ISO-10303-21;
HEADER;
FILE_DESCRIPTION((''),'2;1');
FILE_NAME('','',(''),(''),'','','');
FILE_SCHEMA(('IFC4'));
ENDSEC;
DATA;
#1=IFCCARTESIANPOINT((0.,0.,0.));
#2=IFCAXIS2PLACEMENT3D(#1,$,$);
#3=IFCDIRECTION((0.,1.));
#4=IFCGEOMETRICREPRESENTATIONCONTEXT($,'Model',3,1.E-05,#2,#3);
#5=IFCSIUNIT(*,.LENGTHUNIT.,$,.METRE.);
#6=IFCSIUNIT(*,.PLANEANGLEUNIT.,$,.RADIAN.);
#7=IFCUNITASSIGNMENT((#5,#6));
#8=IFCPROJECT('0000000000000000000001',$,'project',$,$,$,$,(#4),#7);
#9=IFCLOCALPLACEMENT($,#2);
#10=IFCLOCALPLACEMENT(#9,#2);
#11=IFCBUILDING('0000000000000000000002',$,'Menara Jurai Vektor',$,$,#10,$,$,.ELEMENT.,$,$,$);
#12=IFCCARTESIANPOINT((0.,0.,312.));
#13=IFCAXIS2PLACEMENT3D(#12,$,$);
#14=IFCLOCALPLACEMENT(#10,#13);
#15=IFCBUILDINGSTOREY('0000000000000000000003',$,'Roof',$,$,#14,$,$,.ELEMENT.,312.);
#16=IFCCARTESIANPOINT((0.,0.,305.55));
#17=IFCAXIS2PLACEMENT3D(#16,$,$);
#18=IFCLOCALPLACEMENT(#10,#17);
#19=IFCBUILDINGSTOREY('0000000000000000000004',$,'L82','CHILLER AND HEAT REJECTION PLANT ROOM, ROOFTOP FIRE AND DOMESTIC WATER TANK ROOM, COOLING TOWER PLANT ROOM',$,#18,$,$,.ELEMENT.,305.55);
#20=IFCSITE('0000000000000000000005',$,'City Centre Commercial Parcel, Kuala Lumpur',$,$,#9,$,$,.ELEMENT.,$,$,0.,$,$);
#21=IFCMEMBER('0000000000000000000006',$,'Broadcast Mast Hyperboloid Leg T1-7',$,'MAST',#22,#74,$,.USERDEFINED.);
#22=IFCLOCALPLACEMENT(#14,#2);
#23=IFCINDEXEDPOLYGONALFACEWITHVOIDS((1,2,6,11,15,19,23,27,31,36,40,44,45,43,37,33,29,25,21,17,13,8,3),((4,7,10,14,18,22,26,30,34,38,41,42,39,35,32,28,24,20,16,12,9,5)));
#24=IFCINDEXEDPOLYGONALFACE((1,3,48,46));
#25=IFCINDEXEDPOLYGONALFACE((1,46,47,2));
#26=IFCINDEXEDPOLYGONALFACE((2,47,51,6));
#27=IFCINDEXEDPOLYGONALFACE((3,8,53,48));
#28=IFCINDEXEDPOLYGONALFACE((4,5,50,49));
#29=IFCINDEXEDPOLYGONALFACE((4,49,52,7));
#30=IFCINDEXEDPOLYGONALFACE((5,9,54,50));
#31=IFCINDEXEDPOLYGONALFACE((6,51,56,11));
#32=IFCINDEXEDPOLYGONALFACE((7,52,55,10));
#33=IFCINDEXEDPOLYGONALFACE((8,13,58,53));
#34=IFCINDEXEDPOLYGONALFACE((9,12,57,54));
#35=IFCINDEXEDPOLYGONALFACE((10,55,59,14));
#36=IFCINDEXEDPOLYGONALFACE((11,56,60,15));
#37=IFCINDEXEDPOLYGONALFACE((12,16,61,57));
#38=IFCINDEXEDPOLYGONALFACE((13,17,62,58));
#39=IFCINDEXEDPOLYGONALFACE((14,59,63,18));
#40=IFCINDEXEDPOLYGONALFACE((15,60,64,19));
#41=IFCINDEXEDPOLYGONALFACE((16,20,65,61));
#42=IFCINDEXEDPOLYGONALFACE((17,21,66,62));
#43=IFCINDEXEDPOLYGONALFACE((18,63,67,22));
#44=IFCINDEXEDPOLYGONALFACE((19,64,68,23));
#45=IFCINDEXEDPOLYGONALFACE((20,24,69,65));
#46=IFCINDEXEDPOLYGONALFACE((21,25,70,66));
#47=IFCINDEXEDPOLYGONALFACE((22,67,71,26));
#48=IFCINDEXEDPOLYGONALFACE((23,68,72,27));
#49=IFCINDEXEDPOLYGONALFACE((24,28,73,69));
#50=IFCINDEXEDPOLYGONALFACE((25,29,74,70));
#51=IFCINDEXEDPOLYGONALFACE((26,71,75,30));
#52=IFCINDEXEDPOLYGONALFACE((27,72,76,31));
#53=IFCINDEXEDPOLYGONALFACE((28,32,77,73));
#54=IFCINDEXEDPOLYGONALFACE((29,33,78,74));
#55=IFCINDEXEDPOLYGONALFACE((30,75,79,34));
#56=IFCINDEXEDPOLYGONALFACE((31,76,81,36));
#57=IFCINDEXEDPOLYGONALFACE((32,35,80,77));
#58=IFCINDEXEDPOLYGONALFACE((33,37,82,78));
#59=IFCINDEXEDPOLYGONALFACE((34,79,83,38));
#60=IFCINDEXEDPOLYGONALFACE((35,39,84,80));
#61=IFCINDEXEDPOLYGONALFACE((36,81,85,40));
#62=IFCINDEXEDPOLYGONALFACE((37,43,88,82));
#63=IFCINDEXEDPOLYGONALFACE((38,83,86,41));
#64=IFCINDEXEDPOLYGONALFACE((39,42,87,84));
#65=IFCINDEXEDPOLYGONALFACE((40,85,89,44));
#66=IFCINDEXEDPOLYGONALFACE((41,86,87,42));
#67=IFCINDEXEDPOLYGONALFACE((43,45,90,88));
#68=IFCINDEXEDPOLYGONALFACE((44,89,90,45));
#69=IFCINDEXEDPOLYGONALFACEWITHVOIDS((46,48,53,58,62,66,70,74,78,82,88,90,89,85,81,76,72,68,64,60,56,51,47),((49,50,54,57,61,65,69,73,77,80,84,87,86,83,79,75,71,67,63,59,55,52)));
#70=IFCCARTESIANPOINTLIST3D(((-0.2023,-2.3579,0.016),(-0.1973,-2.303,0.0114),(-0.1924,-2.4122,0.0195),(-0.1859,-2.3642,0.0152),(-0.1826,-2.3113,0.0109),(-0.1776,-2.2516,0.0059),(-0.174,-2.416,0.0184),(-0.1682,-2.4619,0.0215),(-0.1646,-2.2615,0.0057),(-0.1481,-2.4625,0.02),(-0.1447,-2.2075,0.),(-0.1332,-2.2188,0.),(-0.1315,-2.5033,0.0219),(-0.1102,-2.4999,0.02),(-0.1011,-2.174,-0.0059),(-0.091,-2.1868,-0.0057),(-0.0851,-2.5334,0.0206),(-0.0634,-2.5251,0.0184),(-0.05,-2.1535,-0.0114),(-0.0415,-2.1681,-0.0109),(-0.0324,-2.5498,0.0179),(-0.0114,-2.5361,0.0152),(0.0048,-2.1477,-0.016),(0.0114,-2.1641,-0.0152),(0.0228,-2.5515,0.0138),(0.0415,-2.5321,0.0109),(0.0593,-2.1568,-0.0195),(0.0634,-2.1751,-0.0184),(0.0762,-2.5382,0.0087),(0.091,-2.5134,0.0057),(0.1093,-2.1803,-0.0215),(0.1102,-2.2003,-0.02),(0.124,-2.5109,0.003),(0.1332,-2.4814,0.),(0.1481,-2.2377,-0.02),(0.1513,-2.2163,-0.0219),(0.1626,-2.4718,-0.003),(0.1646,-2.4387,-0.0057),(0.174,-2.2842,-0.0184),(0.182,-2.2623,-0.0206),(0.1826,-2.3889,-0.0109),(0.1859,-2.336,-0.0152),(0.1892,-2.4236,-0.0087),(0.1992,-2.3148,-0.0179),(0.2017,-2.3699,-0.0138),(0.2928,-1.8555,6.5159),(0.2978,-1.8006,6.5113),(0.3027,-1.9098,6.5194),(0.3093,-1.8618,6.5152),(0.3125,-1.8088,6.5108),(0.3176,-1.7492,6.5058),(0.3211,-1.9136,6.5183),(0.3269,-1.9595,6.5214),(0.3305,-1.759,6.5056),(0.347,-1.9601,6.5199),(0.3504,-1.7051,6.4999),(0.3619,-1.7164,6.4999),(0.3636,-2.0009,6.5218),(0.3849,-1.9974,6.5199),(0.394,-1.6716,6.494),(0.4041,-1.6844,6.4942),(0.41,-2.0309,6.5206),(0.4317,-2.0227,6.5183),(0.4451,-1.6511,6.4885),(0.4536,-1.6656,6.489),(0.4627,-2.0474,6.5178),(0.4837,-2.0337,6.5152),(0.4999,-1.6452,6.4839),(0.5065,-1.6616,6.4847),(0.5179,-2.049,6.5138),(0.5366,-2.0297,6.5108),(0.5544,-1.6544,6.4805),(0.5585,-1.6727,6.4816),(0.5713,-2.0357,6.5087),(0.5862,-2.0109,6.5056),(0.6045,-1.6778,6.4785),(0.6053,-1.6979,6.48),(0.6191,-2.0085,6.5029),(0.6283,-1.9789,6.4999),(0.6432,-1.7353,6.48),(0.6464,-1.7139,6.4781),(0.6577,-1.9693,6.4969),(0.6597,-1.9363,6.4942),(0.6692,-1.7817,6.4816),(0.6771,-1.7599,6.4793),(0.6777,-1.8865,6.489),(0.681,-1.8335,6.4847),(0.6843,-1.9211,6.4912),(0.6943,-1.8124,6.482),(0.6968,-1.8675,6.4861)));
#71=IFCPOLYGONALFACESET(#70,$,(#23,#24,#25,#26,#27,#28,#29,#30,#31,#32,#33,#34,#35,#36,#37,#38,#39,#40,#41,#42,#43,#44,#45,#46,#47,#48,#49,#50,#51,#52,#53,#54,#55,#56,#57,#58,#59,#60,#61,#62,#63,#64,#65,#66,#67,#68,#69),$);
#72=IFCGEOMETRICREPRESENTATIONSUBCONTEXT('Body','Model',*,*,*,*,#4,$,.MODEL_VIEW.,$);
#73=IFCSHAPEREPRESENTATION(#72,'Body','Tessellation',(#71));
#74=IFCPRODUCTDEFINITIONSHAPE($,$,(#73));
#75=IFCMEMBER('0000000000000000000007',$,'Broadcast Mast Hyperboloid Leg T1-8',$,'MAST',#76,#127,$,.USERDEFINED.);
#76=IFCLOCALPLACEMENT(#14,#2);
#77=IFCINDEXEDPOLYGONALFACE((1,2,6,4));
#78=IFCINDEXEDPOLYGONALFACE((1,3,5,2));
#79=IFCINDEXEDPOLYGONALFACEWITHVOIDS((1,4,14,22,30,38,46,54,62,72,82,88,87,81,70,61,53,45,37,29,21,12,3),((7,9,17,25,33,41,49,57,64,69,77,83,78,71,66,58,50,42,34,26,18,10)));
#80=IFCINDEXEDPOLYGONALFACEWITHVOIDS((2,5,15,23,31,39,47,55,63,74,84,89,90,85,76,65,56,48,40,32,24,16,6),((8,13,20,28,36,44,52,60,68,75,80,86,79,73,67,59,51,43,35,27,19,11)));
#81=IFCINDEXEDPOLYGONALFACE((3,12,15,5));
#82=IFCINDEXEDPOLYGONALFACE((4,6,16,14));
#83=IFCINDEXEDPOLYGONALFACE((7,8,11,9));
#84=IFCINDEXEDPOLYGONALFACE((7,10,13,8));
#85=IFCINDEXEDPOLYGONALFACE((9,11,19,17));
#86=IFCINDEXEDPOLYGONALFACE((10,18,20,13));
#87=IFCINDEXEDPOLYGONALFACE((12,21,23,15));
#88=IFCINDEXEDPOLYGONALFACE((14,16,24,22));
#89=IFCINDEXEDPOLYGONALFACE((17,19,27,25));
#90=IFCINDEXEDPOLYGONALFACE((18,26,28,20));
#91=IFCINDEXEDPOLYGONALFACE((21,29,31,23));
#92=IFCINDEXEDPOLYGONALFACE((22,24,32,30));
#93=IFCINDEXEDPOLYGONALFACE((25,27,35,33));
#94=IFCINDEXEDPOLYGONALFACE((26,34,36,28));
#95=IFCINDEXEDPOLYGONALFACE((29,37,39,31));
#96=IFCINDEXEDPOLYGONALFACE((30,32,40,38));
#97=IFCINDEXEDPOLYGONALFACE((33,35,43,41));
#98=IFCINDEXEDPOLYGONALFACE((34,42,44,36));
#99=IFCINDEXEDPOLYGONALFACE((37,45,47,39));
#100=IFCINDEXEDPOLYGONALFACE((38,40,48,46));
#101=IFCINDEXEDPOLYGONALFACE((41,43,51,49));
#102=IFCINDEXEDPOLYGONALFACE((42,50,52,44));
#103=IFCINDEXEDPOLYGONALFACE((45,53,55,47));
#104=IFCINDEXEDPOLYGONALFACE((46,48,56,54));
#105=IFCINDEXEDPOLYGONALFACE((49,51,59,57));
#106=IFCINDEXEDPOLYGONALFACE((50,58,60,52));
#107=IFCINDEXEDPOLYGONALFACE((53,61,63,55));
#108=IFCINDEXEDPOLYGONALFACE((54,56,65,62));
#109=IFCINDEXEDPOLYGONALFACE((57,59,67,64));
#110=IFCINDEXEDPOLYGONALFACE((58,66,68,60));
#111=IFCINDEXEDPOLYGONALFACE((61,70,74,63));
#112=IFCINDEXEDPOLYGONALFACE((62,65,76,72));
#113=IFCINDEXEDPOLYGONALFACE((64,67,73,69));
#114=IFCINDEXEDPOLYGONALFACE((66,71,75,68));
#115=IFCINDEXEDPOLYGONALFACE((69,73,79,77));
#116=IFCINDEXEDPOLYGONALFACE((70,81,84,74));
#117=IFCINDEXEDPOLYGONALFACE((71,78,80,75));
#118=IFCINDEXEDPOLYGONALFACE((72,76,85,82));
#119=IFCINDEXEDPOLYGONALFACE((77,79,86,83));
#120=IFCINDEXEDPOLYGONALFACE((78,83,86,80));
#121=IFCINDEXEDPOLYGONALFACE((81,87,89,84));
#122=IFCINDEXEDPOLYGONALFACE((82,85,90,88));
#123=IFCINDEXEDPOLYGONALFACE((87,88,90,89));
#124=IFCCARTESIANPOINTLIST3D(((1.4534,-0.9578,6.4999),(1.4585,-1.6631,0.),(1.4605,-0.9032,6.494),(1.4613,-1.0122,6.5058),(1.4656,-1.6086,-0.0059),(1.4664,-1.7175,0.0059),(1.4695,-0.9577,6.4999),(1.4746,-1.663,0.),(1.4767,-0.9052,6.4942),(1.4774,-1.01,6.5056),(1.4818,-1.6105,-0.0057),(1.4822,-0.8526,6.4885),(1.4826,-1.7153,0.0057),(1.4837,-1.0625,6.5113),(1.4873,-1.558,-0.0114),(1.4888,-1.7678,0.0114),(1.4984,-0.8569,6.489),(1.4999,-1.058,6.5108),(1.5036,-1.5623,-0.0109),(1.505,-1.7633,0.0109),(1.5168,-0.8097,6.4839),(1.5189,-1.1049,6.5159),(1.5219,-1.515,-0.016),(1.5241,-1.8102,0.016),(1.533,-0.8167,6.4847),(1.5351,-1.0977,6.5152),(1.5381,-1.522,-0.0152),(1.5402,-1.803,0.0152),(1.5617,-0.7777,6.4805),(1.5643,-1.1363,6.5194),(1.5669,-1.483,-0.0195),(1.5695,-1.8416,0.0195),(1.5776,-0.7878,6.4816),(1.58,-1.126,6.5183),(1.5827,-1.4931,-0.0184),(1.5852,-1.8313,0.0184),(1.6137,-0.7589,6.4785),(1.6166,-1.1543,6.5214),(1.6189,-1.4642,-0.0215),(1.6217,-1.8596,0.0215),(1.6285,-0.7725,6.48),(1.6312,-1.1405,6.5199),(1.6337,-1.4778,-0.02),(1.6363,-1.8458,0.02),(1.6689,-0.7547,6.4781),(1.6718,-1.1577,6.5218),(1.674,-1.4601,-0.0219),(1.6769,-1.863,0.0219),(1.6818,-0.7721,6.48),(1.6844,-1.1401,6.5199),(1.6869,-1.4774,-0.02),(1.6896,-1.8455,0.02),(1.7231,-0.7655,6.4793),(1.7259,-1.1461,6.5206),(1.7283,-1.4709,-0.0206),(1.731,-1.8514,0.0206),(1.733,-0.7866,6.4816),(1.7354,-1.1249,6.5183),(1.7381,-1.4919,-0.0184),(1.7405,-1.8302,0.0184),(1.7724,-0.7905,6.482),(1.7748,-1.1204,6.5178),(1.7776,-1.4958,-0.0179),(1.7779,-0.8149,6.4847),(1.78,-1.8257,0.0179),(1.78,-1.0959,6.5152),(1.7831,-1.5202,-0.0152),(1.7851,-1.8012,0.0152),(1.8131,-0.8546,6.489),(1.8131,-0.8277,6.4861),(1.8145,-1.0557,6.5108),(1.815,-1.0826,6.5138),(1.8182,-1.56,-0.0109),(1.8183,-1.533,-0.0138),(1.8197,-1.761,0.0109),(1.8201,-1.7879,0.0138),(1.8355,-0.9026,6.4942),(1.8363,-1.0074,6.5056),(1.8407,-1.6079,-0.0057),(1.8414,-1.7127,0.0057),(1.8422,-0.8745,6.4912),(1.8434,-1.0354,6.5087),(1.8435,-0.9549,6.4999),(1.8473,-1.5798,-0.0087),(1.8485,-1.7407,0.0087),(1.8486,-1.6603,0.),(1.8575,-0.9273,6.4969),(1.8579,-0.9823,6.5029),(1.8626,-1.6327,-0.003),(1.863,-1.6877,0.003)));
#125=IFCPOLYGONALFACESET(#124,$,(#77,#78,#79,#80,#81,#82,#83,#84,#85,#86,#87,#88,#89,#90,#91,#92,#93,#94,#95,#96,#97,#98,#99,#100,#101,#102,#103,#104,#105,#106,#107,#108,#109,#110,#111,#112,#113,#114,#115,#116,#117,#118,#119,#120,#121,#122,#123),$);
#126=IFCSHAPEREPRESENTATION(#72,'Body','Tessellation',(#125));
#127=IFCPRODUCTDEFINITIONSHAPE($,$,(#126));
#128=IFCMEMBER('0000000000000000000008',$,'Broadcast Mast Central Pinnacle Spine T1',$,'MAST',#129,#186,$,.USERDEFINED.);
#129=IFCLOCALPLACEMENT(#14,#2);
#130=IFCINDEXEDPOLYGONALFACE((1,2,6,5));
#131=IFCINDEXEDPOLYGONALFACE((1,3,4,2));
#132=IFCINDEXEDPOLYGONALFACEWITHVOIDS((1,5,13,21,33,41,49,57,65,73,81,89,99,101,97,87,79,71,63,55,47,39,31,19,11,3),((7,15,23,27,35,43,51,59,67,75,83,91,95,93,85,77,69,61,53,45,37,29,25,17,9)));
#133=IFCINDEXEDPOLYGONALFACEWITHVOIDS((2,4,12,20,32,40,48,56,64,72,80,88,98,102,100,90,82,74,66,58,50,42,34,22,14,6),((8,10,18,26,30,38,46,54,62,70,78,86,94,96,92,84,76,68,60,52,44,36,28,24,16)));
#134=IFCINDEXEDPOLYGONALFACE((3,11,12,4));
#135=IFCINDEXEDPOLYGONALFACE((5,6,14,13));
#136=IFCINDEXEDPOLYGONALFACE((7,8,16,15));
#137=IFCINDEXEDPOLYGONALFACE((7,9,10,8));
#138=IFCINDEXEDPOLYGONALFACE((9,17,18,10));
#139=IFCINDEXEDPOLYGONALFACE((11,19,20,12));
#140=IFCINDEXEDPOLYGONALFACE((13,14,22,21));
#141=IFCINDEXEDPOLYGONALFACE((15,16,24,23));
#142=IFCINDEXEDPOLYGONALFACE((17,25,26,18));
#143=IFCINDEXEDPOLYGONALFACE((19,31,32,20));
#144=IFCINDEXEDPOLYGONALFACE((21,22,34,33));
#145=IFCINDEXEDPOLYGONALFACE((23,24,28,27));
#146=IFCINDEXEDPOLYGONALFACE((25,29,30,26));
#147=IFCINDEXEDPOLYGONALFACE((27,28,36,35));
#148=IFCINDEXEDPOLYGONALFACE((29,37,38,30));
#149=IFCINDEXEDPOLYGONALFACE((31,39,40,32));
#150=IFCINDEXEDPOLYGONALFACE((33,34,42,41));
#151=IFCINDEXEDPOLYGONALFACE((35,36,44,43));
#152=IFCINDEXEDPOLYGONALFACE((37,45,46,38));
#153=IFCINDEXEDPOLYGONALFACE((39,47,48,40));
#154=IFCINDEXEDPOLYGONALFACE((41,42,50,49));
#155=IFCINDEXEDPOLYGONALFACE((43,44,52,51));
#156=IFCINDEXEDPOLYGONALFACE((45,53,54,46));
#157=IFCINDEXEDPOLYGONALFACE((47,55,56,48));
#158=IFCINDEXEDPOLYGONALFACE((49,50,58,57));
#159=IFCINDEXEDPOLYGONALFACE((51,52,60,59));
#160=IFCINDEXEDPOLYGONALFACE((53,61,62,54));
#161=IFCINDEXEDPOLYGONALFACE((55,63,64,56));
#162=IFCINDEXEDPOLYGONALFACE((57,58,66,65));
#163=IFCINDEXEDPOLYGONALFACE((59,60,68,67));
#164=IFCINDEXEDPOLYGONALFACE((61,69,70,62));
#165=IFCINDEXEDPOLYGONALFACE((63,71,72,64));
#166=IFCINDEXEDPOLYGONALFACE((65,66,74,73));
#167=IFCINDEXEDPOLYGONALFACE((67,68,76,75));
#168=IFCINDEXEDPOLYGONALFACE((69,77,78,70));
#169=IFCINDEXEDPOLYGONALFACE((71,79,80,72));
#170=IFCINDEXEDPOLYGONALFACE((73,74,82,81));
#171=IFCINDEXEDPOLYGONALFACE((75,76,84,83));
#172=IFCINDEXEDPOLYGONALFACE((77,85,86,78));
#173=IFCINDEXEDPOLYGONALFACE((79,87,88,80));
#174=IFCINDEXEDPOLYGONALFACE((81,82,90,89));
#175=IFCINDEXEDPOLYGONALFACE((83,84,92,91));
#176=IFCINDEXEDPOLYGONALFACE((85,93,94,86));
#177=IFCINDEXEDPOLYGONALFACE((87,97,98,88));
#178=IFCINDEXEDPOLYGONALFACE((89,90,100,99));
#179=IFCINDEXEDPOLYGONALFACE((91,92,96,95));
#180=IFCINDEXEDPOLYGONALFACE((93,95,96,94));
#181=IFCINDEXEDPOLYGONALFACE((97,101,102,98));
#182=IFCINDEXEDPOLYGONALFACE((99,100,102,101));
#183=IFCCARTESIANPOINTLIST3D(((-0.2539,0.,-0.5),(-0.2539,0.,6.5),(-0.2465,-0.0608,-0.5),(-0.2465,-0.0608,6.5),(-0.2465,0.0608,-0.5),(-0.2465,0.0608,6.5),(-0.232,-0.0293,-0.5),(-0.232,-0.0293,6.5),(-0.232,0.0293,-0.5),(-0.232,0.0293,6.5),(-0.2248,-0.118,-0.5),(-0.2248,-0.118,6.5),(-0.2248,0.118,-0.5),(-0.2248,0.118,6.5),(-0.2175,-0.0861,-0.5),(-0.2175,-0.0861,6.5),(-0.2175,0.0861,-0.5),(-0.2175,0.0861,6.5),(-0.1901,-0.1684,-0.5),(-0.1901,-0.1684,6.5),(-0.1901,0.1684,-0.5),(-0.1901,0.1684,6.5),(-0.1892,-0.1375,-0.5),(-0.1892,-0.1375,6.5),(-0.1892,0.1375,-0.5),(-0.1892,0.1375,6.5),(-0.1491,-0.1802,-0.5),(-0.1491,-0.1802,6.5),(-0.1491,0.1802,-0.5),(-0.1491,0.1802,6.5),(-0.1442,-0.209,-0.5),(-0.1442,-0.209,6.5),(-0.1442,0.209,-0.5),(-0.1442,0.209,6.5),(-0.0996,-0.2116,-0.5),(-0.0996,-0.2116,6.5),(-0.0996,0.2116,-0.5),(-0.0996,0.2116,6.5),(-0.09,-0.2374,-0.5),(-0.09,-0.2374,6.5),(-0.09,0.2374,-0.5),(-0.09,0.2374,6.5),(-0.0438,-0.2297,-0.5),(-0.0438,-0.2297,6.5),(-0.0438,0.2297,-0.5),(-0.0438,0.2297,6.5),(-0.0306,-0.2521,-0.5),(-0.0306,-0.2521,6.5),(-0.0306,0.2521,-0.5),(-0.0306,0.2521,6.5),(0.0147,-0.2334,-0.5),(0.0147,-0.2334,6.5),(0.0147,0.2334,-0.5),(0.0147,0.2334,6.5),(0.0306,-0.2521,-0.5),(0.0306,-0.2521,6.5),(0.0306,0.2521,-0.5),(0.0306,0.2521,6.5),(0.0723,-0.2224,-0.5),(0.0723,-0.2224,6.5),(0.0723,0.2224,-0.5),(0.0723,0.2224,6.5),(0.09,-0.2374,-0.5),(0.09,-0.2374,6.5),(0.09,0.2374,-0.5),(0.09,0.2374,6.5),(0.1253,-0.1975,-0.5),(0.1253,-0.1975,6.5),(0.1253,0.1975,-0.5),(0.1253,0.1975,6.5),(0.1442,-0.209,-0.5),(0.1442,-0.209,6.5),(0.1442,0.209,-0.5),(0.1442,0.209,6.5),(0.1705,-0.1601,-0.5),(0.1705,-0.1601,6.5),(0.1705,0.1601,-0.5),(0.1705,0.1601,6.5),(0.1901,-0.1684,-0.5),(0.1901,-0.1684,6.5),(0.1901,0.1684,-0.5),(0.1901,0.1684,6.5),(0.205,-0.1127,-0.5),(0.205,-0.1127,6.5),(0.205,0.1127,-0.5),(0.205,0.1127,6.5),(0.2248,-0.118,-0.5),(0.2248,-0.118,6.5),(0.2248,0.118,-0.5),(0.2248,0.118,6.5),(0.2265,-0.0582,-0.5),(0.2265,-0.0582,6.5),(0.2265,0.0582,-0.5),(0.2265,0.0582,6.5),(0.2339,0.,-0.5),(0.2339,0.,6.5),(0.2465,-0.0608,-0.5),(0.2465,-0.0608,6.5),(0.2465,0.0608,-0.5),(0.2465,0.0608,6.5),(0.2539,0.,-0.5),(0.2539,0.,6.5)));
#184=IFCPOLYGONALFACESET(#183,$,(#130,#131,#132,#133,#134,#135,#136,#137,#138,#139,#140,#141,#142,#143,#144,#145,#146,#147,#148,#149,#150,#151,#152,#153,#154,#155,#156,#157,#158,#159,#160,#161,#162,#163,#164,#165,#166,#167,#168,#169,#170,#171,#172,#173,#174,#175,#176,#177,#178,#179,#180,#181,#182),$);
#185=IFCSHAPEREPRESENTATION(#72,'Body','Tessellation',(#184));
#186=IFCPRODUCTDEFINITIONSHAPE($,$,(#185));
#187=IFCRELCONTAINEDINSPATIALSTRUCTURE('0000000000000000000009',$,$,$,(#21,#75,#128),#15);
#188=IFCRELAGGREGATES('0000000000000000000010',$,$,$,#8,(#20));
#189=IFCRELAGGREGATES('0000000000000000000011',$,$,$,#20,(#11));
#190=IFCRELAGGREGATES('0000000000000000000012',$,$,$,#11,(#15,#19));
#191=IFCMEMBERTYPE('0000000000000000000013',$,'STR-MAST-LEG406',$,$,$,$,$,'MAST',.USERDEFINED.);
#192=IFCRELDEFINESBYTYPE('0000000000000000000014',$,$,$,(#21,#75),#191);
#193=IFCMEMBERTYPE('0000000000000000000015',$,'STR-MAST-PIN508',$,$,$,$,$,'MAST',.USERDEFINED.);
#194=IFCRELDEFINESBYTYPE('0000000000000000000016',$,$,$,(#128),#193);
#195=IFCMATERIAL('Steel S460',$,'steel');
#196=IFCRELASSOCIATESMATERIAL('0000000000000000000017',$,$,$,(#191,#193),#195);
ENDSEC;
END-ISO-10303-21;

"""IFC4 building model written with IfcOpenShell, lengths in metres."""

from ifc_helpers import new_model, si_unit, direction, frame, origin, origin_2d, place, context, subcontext, project, spatial, hollow_circle, extrude, material, material_profile, profile_set, type_object, element, save


model = new_model("IFC4")

# Units and contexts
model_context = context("Model", 3, precision=1e-05, world=origin(), true_north=direction((0.0, 1.0)))
body_context = subcontext(model_context, "Body", "Model", "MODEL_VIEW")
ifc_project = project(units=[si_unit("LENGTHUNIT", "METRE"), si_unit("PLANEANGLEUNIT", "RADIAN")], contexts=[model_context])

# Site, building, storey
site_placement = place(None, origin())
site = spatial("IfcSite", under=ifc_project, at=site_placement, Name="City Centre Commercial Parcel, Kuala Lumpur", CompositionType="ELEMENT", RefElevation=0.0)
building_placement = place(site_placement, origin())
building = spatial("IfcBuilding", under=site, at=building_placement, Name="Menara Jurai Vektor", CompositionType="ELEMENT")
storey_1_placement = place(building_placement, frame((0.0, 0.0, 312.0)))
storey_1 = spatial("IfcBuildingStorey", under=building, at=storey_1_placement, Name="Roof", CompositionType="ELEMENT", Elevation=312.0)

# Shared definitions
ifc_material_1 = material(Name="Steel S460", Category="steel")

# Members
ifc_material_profile_1 = material_profile(ifc_material_1, hollow_circle(Radius=0.2031, WallThickness=0.0161, at=origin_2d()), Name="CHS 406.4x16")
ifc_profile_set_1 = profile_set([ifc_material_profile_1], Name="Steel S460")
member_type_1 = type_object("IfcMemberType", Name="STR-MAST-LEG406", ElementType="MAST", PredefinedType="USERDEFINED", material=ifc_profile_set_1)
for number, where, z_axis, x_axis, name in (
    (1, (0.0, -2.3501, 0.0), (0.075727, 0.076847, 0.994163), (-0.712279, 0.701896, 0.0), "Broadcast Mast Hyperboloid Leg T1-7"),
    (2, (1.6616, -1.6616, 0.0), (-0.000784, 0.107878, 0.994164), (-0.999974, -0.007269, 0.0), "Broadcast Mast Hyperboloid Leg T1-8"),
):
    element("IfcMember", number, at=place(storey_1_placement, frame(where, z_axis=z_axis, x_axis=x_axis)), inside=storey_1, type_object=member_type_1, Name=name, ObjectType="MAST", PredefinedType="USERDEFINED", context=body_context, shape_type="SweptSolid", body=[
        extrude(hollow_circle(Radius=0.2031, WallThickness=0.0161, at=origin_2d()), origin(), (0.0, 0.0, 1.0), 6.5381),
    ])
ifc_material_profile_2 = material_profile(ifc_material_1, hollow_circle(Radius=0.2539, WallThickness=0.02, at=origin_2d()), Name="CHS 508x20")
ifc_profile_set_2 = profile_set([ifc_material_profile_2], Name="Steel S460")
member_type_2 = type_object("IfcMemberType", Name="STR-MAST-PIN508", ElementType="MAST", PredefinedType="USERDEFINED", material=ifc_profile_set_2)
member_1_placement = place(storey_1_placement, frame((0.0, 0.0, -0.5), z_axis=(0.0, 0.0, 1.0), x_axis=(1.0, 0.0, 0.0)))
element("IfcMember", 3, at=member_1_placement, inside=storey_1, type_object=member_type_2, Name="Broadcast Mast Central Pinnacle Spine T1", ObjectType="MAST", PredefinedType="USERDEFINED", context=body_context, shape_type="SweptSolid", body=[
    extrude(hollow_circle(Radius=0.2539, WallThickness=0.02, at=origin_2d()), origin(), (0.0, 0.0, 1.0), 7.0),
])

# Shared definitions
storey_2_placement = place(building_placement, frame((0.0, 0.0, 305.55)))
storey_2 = spatial("IfcBuildingStorey", under=building, at=storey_2_placement, Name="L82", Description="CHILLER AND HEAT REJECTION PLANT ROOM, ROOFTOP FIRE AND DOMESTIC WATER TANK ROOM, COOLING TOWER PLANT ROOM", CompositionType="ELEMENT", Elevation=305.55)

save(model, "model.ifc")
